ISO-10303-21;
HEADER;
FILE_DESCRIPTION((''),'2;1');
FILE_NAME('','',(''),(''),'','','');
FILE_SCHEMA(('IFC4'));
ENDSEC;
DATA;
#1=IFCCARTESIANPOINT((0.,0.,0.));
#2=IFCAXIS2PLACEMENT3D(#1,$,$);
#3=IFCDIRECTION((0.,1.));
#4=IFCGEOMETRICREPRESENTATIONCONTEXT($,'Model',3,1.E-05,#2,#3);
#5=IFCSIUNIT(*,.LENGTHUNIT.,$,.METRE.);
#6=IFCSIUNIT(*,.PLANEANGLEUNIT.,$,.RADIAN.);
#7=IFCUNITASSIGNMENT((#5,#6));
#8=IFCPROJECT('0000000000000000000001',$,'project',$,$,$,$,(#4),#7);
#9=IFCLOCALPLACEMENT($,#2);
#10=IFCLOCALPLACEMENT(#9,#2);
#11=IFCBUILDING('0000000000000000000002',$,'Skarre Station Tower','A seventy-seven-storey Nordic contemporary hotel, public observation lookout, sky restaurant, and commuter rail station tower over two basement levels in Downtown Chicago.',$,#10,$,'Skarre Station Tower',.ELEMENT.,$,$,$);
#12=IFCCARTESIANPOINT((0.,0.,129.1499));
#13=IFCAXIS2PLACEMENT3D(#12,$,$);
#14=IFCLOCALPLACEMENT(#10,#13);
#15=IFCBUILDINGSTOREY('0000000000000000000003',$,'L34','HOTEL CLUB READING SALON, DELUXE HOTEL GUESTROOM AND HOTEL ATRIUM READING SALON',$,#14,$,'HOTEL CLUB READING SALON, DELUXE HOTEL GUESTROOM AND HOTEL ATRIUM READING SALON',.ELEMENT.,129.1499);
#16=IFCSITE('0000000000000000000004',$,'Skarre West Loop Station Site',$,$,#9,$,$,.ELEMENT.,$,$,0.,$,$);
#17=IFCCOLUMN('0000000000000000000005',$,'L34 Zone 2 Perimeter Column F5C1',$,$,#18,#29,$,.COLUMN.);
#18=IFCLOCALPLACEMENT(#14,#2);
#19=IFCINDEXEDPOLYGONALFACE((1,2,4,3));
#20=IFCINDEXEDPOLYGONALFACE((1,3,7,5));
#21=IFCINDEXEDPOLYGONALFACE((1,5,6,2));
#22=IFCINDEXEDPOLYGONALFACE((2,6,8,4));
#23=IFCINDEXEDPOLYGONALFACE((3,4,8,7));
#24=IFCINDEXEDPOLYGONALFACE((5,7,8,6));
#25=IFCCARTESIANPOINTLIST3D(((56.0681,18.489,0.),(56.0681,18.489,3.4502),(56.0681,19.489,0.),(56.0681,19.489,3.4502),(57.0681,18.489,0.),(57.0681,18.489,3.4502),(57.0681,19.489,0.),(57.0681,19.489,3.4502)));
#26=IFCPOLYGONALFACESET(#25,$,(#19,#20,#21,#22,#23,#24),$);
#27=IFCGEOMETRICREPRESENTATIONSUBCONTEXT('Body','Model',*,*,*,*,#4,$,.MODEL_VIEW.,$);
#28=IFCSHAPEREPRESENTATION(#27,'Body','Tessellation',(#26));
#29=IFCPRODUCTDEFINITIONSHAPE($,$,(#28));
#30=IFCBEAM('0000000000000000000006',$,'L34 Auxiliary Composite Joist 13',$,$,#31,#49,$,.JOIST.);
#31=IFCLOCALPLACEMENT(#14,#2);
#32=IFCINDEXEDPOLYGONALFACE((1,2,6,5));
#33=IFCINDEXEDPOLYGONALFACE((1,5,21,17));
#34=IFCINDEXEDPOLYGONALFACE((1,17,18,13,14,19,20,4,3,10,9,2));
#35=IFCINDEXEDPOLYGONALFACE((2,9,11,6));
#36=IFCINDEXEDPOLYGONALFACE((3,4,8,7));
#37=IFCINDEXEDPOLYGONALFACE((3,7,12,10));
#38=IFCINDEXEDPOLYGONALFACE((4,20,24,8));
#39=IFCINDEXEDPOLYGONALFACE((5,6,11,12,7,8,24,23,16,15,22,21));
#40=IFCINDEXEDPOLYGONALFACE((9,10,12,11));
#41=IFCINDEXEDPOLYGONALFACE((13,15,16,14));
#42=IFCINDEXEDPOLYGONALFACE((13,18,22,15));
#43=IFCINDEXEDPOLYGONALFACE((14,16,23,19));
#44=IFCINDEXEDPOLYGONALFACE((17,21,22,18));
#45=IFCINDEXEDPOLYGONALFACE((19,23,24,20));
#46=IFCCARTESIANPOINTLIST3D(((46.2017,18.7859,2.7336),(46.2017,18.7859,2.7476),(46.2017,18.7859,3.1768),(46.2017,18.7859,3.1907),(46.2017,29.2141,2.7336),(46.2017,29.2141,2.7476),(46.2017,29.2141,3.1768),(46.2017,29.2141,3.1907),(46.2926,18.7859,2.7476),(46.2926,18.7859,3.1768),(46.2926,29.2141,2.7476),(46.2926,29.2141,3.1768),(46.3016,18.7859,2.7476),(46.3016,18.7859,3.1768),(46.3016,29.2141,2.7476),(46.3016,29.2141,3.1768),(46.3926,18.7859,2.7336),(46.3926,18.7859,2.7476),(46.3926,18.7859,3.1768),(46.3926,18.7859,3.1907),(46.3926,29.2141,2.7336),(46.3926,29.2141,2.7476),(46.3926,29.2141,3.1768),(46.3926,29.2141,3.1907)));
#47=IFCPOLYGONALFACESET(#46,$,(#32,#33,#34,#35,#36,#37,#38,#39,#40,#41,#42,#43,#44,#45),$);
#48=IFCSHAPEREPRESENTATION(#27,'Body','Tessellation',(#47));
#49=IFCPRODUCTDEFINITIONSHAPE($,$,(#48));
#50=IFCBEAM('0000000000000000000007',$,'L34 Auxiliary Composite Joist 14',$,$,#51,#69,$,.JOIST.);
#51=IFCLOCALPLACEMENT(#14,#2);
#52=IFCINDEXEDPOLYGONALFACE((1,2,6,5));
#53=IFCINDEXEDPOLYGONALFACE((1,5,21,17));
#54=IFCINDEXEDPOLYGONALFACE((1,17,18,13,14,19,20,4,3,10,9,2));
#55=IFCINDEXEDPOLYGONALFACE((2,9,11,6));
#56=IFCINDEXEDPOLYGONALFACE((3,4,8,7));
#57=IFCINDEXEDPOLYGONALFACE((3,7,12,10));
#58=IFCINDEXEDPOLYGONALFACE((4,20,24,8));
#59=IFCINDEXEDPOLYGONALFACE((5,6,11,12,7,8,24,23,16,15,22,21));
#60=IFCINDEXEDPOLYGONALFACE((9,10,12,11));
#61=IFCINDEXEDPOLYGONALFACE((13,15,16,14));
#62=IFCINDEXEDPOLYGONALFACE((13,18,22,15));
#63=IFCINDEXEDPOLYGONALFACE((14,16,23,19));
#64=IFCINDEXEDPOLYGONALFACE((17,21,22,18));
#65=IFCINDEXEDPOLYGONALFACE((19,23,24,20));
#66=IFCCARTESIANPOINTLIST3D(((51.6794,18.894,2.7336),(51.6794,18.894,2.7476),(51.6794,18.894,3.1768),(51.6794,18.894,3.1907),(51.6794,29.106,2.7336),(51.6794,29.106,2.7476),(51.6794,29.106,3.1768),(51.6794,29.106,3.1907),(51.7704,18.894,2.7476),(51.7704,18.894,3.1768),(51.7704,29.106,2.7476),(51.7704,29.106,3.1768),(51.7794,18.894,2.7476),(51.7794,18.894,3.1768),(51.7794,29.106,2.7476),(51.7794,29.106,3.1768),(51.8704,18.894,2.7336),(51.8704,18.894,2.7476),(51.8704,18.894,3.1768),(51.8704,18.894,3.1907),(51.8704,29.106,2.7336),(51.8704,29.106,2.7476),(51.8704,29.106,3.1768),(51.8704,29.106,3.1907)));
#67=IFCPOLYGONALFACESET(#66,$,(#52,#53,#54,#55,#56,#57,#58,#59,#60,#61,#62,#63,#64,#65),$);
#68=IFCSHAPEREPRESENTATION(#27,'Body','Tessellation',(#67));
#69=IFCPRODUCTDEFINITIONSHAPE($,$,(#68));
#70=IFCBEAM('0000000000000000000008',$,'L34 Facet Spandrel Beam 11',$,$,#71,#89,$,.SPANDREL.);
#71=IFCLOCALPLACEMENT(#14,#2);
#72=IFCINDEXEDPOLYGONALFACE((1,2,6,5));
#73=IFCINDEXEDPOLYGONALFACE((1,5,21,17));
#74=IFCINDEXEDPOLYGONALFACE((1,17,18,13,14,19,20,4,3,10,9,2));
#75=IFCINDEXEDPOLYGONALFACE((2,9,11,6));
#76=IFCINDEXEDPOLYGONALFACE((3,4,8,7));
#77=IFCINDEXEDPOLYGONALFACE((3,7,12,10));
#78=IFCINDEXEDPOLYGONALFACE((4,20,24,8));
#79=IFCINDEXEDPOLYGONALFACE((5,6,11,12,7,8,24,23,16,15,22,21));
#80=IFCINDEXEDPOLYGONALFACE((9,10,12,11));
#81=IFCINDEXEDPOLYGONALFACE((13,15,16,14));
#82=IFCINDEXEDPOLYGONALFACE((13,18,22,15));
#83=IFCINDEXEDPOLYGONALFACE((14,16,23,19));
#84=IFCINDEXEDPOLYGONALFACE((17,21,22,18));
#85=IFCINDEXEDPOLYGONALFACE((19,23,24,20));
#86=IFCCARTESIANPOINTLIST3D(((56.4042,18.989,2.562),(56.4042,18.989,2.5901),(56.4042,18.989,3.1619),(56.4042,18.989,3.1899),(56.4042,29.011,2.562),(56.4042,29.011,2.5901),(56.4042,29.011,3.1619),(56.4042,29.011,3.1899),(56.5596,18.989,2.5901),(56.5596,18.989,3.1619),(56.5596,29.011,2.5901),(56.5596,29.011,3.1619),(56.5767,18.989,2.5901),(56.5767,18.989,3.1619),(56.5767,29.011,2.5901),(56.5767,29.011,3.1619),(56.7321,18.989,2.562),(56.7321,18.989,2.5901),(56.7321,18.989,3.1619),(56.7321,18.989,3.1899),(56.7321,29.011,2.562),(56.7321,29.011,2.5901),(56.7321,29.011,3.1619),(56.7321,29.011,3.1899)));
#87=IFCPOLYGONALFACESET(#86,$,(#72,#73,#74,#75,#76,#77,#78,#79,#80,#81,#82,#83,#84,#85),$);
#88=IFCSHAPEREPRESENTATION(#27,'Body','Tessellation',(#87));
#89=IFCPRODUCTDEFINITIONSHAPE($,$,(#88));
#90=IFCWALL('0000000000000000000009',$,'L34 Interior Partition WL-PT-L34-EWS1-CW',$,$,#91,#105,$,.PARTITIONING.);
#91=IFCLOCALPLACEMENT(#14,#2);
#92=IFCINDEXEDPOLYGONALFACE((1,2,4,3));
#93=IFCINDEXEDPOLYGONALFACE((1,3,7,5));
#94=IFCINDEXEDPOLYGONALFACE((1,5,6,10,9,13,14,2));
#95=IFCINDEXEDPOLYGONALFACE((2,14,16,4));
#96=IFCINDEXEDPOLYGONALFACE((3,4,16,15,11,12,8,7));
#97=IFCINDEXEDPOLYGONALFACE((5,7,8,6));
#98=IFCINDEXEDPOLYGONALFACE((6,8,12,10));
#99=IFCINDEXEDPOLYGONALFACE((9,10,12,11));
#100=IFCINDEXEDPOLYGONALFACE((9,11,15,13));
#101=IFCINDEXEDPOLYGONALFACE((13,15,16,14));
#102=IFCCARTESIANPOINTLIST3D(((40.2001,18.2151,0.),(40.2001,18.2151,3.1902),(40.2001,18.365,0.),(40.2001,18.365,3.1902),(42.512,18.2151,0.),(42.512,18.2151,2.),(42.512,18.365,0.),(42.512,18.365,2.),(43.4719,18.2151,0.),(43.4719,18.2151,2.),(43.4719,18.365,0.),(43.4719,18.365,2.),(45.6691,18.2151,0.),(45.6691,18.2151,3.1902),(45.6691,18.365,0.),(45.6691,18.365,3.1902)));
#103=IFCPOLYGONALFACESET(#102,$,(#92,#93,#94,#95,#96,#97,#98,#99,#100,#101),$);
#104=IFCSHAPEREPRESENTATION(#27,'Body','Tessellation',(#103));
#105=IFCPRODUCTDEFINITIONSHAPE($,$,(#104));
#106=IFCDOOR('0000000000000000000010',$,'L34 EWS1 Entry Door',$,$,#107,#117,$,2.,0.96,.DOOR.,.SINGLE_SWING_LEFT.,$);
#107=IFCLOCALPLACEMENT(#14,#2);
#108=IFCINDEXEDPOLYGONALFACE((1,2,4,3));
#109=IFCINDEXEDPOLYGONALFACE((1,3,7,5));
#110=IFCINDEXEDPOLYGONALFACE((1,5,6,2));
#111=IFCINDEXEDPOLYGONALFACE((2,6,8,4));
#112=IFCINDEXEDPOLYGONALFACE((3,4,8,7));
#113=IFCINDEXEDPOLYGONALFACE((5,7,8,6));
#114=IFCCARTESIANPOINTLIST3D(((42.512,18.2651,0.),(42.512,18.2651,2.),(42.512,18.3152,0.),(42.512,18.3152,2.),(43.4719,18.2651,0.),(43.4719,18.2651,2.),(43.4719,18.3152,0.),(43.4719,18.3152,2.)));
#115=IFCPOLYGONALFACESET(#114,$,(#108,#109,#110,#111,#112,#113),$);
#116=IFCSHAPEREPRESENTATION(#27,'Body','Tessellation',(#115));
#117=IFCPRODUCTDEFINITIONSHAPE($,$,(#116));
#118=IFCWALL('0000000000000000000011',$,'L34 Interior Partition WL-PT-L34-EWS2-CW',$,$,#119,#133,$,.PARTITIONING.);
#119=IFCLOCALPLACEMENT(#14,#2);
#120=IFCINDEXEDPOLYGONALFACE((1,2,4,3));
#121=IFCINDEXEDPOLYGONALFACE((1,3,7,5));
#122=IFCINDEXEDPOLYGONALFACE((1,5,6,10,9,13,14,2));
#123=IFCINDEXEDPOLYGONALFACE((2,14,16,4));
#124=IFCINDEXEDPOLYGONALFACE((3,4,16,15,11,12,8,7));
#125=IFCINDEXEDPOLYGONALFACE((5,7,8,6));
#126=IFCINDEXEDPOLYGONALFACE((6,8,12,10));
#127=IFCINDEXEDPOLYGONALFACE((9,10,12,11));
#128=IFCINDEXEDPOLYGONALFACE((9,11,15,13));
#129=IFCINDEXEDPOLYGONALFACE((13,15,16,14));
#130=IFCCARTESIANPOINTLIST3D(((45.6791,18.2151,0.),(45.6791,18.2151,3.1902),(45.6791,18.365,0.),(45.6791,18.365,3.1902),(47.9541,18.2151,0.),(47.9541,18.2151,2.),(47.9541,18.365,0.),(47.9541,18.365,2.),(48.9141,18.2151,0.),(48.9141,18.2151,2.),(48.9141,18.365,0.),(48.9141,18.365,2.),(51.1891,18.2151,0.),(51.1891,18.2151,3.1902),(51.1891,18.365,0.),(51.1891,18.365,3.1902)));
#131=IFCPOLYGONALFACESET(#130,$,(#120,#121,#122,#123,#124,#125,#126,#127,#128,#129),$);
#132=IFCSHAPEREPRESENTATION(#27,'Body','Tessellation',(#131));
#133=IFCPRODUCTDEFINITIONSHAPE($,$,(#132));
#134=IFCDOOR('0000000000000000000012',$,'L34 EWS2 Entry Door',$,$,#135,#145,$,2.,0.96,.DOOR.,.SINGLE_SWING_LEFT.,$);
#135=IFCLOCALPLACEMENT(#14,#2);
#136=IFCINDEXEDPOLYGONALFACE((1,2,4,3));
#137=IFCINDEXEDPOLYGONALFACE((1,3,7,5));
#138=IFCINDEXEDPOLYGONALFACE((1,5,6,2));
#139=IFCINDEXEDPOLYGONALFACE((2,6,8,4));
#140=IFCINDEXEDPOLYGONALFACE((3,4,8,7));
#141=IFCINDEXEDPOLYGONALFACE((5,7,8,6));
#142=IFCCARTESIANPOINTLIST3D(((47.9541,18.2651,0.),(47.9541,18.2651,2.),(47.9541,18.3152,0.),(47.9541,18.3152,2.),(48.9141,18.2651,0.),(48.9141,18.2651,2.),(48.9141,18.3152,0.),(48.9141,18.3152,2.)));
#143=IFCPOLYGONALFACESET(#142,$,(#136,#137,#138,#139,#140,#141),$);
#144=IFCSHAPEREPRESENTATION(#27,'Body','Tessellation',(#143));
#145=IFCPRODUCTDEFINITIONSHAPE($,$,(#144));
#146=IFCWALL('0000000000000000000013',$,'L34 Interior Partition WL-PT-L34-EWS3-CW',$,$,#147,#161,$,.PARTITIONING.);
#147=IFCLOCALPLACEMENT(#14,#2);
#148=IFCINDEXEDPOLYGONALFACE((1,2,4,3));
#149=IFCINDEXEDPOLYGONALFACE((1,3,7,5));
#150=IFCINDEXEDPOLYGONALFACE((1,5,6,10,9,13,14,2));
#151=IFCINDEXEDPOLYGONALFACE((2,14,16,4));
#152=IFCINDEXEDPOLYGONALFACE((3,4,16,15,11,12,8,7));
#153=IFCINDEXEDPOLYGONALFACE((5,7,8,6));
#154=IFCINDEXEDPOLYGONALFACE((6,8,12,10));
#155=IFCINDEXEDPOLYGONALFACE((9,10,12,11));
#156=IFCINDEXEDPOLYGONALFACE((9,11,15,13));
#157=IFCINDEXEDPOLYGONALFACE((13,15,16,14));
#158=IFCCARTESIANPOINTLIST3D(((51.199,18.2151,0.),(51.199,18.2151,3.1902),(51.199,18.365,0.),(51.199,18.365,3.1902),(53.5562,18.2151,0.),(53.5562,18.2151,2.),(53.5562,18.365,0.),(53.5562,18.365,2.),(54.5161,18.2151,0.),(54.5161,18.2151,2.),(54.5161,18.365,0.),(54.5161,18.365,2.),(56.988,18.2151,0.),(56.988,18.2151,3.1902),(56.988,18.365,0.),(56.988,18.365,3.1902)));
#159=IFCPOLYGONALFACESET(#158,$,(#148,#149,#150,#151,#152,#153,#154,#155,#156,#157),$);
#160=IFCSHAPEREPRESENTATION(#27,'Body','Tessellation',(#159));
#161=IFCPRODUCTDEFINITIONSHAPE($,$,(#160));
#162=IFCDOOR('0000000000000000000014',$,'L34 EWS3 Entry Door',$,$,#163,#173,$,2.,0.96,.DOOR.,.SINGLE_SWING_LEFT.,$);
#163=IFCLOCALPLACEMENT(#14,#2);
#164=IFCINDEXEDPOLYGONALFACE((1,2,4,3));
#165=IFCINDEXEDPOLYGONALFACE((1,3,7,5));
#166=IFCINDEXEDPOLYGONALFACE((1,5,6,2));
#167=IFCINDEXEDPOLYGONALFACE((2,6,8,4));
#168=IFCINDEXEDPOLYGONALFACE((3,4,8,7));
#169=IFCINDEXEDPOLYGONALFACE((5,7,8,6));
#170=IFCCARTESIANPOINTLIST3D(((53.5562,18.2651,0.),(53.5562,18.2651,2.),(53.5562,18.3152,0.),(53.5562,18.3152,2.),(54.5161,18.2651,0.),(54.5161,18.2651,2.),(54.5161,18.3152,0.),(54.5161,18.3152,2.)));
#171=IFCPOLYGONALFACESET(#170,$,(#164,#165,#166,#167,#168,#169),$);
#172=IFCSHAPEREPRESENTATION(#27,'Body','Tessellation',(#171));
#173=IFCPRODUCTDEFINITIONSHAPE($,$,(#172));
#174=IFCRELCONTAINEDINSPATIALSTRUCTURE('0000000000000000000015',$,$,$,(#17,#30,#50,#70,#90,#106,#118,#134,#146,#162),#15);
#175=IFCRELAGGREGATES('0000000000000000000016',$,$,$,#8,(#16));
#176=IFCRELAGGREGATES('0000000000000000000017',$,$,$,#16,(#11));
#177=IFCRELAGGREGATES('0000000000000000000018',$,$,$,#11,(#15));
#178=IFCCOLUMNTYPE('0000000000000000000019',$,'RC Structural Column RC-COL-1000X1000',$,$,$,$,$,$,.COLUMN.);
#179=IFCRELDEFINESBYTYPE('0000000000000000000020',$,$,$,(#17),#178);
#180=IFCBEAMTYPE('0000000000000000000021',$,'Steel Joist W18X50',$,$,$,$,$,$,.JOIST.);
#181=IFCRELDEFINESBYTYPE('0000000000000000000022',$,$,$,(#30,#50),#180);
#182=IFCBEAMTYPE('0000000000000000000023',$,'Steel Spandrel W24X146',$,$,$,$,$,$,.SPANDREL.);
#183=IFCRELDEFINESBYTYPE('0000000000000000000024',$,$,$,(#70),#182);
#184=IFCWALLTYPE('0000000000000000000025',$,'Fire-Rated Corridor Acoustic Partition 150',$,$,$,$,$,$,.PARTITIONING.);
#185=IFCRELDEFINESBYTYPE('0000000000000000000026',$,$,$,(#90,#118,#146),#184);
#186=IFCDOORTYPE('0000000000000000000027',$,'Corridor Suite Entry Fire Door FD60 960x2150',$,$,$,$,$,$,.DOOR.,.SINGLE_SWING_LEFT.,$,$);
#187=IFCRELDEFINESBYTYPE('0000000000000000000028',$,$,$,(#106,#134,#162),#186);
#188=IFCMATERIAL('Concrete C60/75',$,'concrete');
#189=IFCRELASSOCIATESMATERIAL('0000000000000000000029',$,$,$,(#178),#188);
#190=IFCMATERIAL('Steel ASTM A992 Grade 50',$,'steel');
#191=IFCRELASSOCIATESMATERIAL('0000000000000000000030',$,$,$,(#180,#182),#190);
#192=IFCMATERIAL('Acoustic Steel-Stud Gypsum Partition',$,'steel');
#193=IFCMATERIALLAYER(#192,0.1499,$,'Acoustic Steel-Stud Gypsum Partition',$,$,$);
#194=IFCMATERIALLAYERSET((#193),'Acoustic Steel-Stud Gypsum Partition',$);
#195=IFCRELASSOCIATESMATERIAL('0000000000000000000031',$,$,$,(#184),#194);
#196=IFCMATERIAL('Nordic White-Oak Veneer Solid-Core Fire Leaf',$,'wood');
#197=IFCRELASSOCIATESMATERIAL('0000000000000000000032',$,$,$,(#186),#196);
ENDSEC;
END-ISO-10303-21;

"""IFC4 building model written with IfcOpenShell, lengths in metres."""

from ifc_helpers import new_model, si_unit, direction, frame, frame_2d, origin, origin_2d, place, context, subcontext, project, spatial, rectangle, i_section, extrude, material, layer, layer_set, material_profile, profile_set, type_object, element, fill, save


model = new_model("IFC4")

# Units and contexts
model_context = context("Model", 3, precision=1e-05, world=origin(), true_north=direction((0.0, 1.0)))
body_context = subcontext(model_context, "Body", "Model", "MODEL_VIEW")
ifc_project = project(units=[si_unit("LENGTHUNIT", "METRE"), si_unit("PLANEANGLEUNIT", "RADIAN")], contexts=[model_context])

# Site, building, storey
site_placement = place(None, origin())
site = spatial("IfcSite", under=ifc_project, at=site_placement, Name="Skarre West Loop Station Site", CompositionType="ELEMENT", RefElevation=0.0)
building_placement = place(site_placement, origin())
building = spatial("IfcBuilding", under=site, at=building_placement, Name="Skarre Station Tower", Description="A seventy-seven-storey Nordic contemporary hotel, public observation lookout, sky restaurant, and commuter rail station tower over two basement levels in Downtown Chicago.", LongName="Skarre Station Tower", CompositionType="ELEMENT")
storey_placement = place(building_placement, frame((0.0, 0.0, 129.1499)))
storey = spatial("IfcBuildingStorey", under=building, at=storey_placement, Name="L34", Description="HOTEL CLUB READING SALON, DELUXE HOTEL GUESTROOM AND HOTEL ATRIUM READING SALON", LongName="HOTEL CLUB READING SALON, DELUXE HOTEL GUESTROOM AND HOTEL ATRIUM READING SALON", CompositionType="ELEMENT", Elevation=129.1499)

# Column
ifc_material_1 = material(Name="Concrete C60/75", Category="concrete")
ifc_material_profile_1 = material_profile(ifc_material_1, rectangle(XDim=1.0, YDim=1.0, at=origin_2d()), Name="Concrete C60/75")
ifc_profile_set_1 = profile_set([ifc_material_profile_1], Name="Concrete C60/75")
column_type = type_object("IfcColumnType", Name="RC Structural Column RC-COL-1000X1000", PredefinedType="COLUMN", material=ifc_profile_set_1)
column_placement = place(storey_placement, frame((56.5681, 18.989, 0.0), z_axis=(0.0, 0.0, 1.0), x_axis=(1.0, 0.0, 0.0)))
element("IfcColumn", 1, at=column_placement, inside=storey, type_object=column_type, Name="L34 Zone 2 Perimeter Column F5C1", PredefinedType="COLUMN", context=body_context, shape_type="SweptSolid", body=[
    extrude(rectangle(XDim=1.0, YDim=1.0, at=origin_2d()), origin(), (0.0, 0.0, 1.0), 3.4502),
])

# Beams
ifc_material_2 = material(Name="Steel ASTM A992 Grade 50", Category="steel")
ifc_material_profile_2 = material_profile(ifc_material_2, i_section(OverallWidth=0.1909, OverallDepth=0.457, WebThickness=0.009, FlangeThickness=0.0139, at=origin_2d()), Name="Steel ASTM A992 Grade 50")
ifc_profile_set_2 = profile_set([ifc_material_profile_2], Name="Steel ASTM A992 Grade 50")
beam_type_1 = type_object("IfcBeamType", Name="Steel Joist W18X50", PredefinedType="JOIST", material=ifc_profile_set_2)
beam_1_placement = place(storey_placement, frame((46.2971, 18.7859, 2.9622), z_axis=(0.0, 1.0, 0.0), x_axis=(-1.0, 0.0, 0.0)))
element("IfcBeam", 2, at=beam_1_placement, inside=storey, type_object=beam_type_1, Name="L34 Auxiliary Composite Joist 13", PredefinedType="JOIST", context=body_context, shape_type="SweptSolid", body=[
    extrude(i_section(OverallWidth=0.1909, OverallDepth=0.457, WebThickness=0.009, FlangeThickness=0.0139, at=origin_2d()), origin(), (0.0, 0.0, 1.0), 10.4282),
])
beam_2_placement = place(storey_placement, frame((51.7749, 18.894, 2.9622), z_axis=(0.0, 1.0, 0.0), x_axis=(-1.0, 0.0, 0.0)))
element("IfcBeam", 3, at=beam_2_placement, inside=storey, type_object=beam_type_1, Name="L34 Auxiliary Composite Joist 14", PredefinedType="JOIST", context=body_context, shape_type="SweptSolid", body=[
    extrude(i_section(OverallWidth=0.1909, OverallDepth=0.457, WebThickness=0.009, FlangeThickness=0.0139, at=origin_2d()), origin(), (0.0, 0.0, 1.0), 10.2119),
])
ifc_material_profile_3 = material_profile(ifc_material_2, i_section(OverallWidth=0.3279, OverallDepth=0.6279, WebThickness=0.0171, FlangeThickness=0.0281, at=origin_2d()), Name="Steel ASTM A992 Grade 50")
ifc_profile_set_3 = profile_set([ifc_material_profile_3], Name="Steel ASTM A992 Grade 50")
beam_type_2 = type_object("IfcBeamType", Name="Steel Spandrel W24X146", PredefinedType="SPANDREL", material=ifc_profile_set_3)
beam_3_placement = place(storey_placement, frame((56.5681, 18.989, 2.876), z_axis=(0.0, 1.0, 0.0), x_axis=(-1.0, 0.0, 0.0)))
element("IfcBeam", 4, at=beam_3_placement, inside=storey, type_object=beam_type_2, Name="L34 Facet Spandrel Beam 11", PredefinedType="SPANDREL", context=body_context, shape_type="SweptSolid", body=[
    extrude(i_section(OverallWidth=0.3279, OverallDepth=0.6279, WebThickness=0.0171, FlangeThickness=0.0281, at=origin_2d()), origin(), (0.0, 0.0, 1.0), 10.022),
])

# Walls, openings, doors
ifc_material_3 = material(Name="Acoustic Steel-Stud Gypsum Partition", Category="steel")
ifc_layer_1 = layer(ifc_material_3, 0.1499, Name="Acoustic Steel-Stud Gypsum Partition")
ifc_layer_set_1 = layer_set([ifc_layer_1], Name="Acoustic Steel-Stud Gypsum Partition")
wall_type_1 = type_object("IfcWallType", Name="Fire-Rated Corridor Acoustic Partition 150", PredefinedType="PARTITIONING", material=ifc_layer_set_1)
wall_1_placement = place(storey_placement, frame((45.6689, 18.29, 0.0), z_axis=(0.0, 0.0, 1.0), x_axis=(-1.0, 0.0, 0.0)))
wall_1 = element("IfcWall", 5, at=wall_1_placement, inside=storey, type_object=wall_type_1, Name="L34 Interior Partition WL-PT-L34-EWS1-CW", PredefinedType="PARTITIONING", context=body_context, shape_type="SweptSolid", body=[
    extrude(rectangle(XDim=5.469, YDim=0.1499, at=frame_2d((2.7344, 0.0))), origin(), (0.0, 0.0, 1.0), 3.1902),
])
opening_1_placement = place(wall_1_placement, frame((2.197, 0.0, 0.0)))
opening_1 = element("IfcOpeningElement", 6, at=opening_1_placement, cuts=wall_1, PredefinedType="OPENING", context=body_context, shape_type="SweptSolid", body=[
    extrude(rectangle(XDim=0.96, YDim=2.0, at=frame_2d((0.48, 1.0))), frame((0.0, 0.085, 0.0), z_axis=(0.0, -1.0, 0.0), x_axis=(1.0, 0.0, 0.0)), (0.0, 0.0, 1.0), 0.1699),
])
ifc_material_4 = material(Name="Nordic White-Oak Veneer Solid-Core Fire Leaf", Category="wood")
door_type_1 = type_object("IfcDoorType", Name="Corridor Suite Entry Fire Door FD60 960x2150", OperationType="SINGLE_SWING_LEFT", PredefinedType="DOOR", material=ifc_material_4)
door_1_placement = place(opening_1_placement, origin())
door_1 = element("IfcDoor", 7, at=door_1_placement, inside=storey, type_object=door_type_1, Name="L34 EWS1 Entry Door", OperationType="SINGLE_SWING_LEFT", OverallHeight=2.0, OverallWidth=0.96, PredefinedType="DOOR", context=body_context, shape_type="SweptSolid", body=[
    extrude(rectangle(XDim=0.96, YDim=2.0, at=frame_2d((0.48, 1.0))), frame((0.0, 0.0249, 0.0), z_axis=(0.0, -1.0, 0.0), x_axis=(1.0, 0.0, 0.0)), (0.0, 0.0, 1.0), 0.05),
])
fill(opening_1, door_1)
wall_2_placement = place(storey_placement, frame((51.189, 18.29, 0.0), z_axis=(0.0, 0.0, 1.0), x_axis=(-1.0, 0.0, 0.0)))
wall_2 = element("IfcWall", 8, at=wall_2_placement, inside=storey, type_object=wall_type_1, Name="L34 Interior Partition WL-PT-L34-EWS2-CW", PredefinedType="PARTITIONING", context=body_context, shape_type="SweptSolid", body=[
    extrude(rectangle(XDim=5.51, YDim=0.1499, at=frame_2d((2.7549, 0.0))), origin(), (0.0, 0.0, 1.0), 3.1902),
])
opening_2_placement = place(wall_2_placement, frame((2.2749, 0.0, 0.0)))
opening_2 = element("IfcOpeningElement", 9, at=opening_2_placement, cuts=wall_2, PredefinedType="OPENING", context=body_context, shape_type="SweptSolid", body=[
    extrude(rectangle(XDim=0.96, YDim=2.0, at=frame_2d((0.48, 1.0))), frame((0.0, 0.085, 0.0), z_axis=(0.0, -1.0, 0.0), x_axis=(1.0, 0.0, 0.0)), (0.0, 0.0, 1.0), 0.1699),
])
door_2_placement = place(opening_2_placement, origin())
door_2 = element("IfcDoor", 10, at=door_2_placement, inside=storey, type_object=door_type_1, Name="L34 EWS2 Entry Door", OperationType="SINGLE_SWING_LEFT", OverallHeight=2.0, OverallWidth=0.96, PredefinedType="DOOR", context=body_context, shape_type="SweptSolid", body=[
    extrude(rectangle(XDim=0.96, YDim=2.0, at=frame_2d((0.48, 1.0))), frame((0.0, 0.0249, 0.0), z_axis=(0.0, -1.0, 0.0), x_axis=(1.0, 0.0, 0.0)), (0.0, 0.0, 1.0), 0.05),
])
fill(opening_2, door_2)
wall_3_placement = place(storey_placement, frame((56.988, 18.29, 0.0), z_axis=(0.0, 0.0, 1.0), x_axis=(-1.0, 0.0, 0.0)))
wall_3 = element("IfcWall", 11, at=wall_3_placement, inside=storey, type_object=wall_type_1, Name="L34 Interior Partition WL-PT-L34-EWS3-CW", PredefinedType="PARTITIONING", context=body_context, shape_type="SweptSolid", body=[
    extrude(rectangle(XDim=5.7891, YDim=0.1499, at=frame_2d((2.8945, 0.0))), origin(), (0.0, 0.0, 1.0), 3.1902),
])
opening_3_placement = place(wall_3_placement, frame((2.4719, 0.0, 0.0)))
opening_3 = element("IfcOpeningElement", 12, at=opening_3_placement, cuts=wall_3, PredefinedType="OPENING", context=body_context, shape_type="SweptSolid", body=[
    extrude(rectangle(XDim=0.96, YDim=2.0, at=frame_2d((0.48, 1.0))), frame((0.0, 0.085, 0.0), z_axis=(0.0, -1.0, 0.0), x_axis=(1.0, 0.0, 0.0)), (0.0, 0.0, 1.0), 0.1699),
])
door_3_placement = place(opening_3_placement, origin())
door_3 = element("IfcDoor", 13, at=door_3_placement, inside=storey, type_object=door_type_1, Name="L34 EWS3 Entry Door", OperationType="SINGLE_SWING_LEFT", OverallHeight=2.0, OverallWidth=0.96, PredefinedType="DOOR", context=body_context, shape_type="SweptSolid", body=[
    extrude(rectangle(XDim=0.96, YDim=2.0, at=frame_2d((0.48, 1.0))), frame((0.0, 0.0249, 0.0), z_axis=(0.0, -1.0, 0.0), x_axis=(1.0, 0.0, 0.0)), (0.0, 0.0, 1.0), 0.05),
])
fill(opening_3, door_3)

save(model, "model.ifc")
